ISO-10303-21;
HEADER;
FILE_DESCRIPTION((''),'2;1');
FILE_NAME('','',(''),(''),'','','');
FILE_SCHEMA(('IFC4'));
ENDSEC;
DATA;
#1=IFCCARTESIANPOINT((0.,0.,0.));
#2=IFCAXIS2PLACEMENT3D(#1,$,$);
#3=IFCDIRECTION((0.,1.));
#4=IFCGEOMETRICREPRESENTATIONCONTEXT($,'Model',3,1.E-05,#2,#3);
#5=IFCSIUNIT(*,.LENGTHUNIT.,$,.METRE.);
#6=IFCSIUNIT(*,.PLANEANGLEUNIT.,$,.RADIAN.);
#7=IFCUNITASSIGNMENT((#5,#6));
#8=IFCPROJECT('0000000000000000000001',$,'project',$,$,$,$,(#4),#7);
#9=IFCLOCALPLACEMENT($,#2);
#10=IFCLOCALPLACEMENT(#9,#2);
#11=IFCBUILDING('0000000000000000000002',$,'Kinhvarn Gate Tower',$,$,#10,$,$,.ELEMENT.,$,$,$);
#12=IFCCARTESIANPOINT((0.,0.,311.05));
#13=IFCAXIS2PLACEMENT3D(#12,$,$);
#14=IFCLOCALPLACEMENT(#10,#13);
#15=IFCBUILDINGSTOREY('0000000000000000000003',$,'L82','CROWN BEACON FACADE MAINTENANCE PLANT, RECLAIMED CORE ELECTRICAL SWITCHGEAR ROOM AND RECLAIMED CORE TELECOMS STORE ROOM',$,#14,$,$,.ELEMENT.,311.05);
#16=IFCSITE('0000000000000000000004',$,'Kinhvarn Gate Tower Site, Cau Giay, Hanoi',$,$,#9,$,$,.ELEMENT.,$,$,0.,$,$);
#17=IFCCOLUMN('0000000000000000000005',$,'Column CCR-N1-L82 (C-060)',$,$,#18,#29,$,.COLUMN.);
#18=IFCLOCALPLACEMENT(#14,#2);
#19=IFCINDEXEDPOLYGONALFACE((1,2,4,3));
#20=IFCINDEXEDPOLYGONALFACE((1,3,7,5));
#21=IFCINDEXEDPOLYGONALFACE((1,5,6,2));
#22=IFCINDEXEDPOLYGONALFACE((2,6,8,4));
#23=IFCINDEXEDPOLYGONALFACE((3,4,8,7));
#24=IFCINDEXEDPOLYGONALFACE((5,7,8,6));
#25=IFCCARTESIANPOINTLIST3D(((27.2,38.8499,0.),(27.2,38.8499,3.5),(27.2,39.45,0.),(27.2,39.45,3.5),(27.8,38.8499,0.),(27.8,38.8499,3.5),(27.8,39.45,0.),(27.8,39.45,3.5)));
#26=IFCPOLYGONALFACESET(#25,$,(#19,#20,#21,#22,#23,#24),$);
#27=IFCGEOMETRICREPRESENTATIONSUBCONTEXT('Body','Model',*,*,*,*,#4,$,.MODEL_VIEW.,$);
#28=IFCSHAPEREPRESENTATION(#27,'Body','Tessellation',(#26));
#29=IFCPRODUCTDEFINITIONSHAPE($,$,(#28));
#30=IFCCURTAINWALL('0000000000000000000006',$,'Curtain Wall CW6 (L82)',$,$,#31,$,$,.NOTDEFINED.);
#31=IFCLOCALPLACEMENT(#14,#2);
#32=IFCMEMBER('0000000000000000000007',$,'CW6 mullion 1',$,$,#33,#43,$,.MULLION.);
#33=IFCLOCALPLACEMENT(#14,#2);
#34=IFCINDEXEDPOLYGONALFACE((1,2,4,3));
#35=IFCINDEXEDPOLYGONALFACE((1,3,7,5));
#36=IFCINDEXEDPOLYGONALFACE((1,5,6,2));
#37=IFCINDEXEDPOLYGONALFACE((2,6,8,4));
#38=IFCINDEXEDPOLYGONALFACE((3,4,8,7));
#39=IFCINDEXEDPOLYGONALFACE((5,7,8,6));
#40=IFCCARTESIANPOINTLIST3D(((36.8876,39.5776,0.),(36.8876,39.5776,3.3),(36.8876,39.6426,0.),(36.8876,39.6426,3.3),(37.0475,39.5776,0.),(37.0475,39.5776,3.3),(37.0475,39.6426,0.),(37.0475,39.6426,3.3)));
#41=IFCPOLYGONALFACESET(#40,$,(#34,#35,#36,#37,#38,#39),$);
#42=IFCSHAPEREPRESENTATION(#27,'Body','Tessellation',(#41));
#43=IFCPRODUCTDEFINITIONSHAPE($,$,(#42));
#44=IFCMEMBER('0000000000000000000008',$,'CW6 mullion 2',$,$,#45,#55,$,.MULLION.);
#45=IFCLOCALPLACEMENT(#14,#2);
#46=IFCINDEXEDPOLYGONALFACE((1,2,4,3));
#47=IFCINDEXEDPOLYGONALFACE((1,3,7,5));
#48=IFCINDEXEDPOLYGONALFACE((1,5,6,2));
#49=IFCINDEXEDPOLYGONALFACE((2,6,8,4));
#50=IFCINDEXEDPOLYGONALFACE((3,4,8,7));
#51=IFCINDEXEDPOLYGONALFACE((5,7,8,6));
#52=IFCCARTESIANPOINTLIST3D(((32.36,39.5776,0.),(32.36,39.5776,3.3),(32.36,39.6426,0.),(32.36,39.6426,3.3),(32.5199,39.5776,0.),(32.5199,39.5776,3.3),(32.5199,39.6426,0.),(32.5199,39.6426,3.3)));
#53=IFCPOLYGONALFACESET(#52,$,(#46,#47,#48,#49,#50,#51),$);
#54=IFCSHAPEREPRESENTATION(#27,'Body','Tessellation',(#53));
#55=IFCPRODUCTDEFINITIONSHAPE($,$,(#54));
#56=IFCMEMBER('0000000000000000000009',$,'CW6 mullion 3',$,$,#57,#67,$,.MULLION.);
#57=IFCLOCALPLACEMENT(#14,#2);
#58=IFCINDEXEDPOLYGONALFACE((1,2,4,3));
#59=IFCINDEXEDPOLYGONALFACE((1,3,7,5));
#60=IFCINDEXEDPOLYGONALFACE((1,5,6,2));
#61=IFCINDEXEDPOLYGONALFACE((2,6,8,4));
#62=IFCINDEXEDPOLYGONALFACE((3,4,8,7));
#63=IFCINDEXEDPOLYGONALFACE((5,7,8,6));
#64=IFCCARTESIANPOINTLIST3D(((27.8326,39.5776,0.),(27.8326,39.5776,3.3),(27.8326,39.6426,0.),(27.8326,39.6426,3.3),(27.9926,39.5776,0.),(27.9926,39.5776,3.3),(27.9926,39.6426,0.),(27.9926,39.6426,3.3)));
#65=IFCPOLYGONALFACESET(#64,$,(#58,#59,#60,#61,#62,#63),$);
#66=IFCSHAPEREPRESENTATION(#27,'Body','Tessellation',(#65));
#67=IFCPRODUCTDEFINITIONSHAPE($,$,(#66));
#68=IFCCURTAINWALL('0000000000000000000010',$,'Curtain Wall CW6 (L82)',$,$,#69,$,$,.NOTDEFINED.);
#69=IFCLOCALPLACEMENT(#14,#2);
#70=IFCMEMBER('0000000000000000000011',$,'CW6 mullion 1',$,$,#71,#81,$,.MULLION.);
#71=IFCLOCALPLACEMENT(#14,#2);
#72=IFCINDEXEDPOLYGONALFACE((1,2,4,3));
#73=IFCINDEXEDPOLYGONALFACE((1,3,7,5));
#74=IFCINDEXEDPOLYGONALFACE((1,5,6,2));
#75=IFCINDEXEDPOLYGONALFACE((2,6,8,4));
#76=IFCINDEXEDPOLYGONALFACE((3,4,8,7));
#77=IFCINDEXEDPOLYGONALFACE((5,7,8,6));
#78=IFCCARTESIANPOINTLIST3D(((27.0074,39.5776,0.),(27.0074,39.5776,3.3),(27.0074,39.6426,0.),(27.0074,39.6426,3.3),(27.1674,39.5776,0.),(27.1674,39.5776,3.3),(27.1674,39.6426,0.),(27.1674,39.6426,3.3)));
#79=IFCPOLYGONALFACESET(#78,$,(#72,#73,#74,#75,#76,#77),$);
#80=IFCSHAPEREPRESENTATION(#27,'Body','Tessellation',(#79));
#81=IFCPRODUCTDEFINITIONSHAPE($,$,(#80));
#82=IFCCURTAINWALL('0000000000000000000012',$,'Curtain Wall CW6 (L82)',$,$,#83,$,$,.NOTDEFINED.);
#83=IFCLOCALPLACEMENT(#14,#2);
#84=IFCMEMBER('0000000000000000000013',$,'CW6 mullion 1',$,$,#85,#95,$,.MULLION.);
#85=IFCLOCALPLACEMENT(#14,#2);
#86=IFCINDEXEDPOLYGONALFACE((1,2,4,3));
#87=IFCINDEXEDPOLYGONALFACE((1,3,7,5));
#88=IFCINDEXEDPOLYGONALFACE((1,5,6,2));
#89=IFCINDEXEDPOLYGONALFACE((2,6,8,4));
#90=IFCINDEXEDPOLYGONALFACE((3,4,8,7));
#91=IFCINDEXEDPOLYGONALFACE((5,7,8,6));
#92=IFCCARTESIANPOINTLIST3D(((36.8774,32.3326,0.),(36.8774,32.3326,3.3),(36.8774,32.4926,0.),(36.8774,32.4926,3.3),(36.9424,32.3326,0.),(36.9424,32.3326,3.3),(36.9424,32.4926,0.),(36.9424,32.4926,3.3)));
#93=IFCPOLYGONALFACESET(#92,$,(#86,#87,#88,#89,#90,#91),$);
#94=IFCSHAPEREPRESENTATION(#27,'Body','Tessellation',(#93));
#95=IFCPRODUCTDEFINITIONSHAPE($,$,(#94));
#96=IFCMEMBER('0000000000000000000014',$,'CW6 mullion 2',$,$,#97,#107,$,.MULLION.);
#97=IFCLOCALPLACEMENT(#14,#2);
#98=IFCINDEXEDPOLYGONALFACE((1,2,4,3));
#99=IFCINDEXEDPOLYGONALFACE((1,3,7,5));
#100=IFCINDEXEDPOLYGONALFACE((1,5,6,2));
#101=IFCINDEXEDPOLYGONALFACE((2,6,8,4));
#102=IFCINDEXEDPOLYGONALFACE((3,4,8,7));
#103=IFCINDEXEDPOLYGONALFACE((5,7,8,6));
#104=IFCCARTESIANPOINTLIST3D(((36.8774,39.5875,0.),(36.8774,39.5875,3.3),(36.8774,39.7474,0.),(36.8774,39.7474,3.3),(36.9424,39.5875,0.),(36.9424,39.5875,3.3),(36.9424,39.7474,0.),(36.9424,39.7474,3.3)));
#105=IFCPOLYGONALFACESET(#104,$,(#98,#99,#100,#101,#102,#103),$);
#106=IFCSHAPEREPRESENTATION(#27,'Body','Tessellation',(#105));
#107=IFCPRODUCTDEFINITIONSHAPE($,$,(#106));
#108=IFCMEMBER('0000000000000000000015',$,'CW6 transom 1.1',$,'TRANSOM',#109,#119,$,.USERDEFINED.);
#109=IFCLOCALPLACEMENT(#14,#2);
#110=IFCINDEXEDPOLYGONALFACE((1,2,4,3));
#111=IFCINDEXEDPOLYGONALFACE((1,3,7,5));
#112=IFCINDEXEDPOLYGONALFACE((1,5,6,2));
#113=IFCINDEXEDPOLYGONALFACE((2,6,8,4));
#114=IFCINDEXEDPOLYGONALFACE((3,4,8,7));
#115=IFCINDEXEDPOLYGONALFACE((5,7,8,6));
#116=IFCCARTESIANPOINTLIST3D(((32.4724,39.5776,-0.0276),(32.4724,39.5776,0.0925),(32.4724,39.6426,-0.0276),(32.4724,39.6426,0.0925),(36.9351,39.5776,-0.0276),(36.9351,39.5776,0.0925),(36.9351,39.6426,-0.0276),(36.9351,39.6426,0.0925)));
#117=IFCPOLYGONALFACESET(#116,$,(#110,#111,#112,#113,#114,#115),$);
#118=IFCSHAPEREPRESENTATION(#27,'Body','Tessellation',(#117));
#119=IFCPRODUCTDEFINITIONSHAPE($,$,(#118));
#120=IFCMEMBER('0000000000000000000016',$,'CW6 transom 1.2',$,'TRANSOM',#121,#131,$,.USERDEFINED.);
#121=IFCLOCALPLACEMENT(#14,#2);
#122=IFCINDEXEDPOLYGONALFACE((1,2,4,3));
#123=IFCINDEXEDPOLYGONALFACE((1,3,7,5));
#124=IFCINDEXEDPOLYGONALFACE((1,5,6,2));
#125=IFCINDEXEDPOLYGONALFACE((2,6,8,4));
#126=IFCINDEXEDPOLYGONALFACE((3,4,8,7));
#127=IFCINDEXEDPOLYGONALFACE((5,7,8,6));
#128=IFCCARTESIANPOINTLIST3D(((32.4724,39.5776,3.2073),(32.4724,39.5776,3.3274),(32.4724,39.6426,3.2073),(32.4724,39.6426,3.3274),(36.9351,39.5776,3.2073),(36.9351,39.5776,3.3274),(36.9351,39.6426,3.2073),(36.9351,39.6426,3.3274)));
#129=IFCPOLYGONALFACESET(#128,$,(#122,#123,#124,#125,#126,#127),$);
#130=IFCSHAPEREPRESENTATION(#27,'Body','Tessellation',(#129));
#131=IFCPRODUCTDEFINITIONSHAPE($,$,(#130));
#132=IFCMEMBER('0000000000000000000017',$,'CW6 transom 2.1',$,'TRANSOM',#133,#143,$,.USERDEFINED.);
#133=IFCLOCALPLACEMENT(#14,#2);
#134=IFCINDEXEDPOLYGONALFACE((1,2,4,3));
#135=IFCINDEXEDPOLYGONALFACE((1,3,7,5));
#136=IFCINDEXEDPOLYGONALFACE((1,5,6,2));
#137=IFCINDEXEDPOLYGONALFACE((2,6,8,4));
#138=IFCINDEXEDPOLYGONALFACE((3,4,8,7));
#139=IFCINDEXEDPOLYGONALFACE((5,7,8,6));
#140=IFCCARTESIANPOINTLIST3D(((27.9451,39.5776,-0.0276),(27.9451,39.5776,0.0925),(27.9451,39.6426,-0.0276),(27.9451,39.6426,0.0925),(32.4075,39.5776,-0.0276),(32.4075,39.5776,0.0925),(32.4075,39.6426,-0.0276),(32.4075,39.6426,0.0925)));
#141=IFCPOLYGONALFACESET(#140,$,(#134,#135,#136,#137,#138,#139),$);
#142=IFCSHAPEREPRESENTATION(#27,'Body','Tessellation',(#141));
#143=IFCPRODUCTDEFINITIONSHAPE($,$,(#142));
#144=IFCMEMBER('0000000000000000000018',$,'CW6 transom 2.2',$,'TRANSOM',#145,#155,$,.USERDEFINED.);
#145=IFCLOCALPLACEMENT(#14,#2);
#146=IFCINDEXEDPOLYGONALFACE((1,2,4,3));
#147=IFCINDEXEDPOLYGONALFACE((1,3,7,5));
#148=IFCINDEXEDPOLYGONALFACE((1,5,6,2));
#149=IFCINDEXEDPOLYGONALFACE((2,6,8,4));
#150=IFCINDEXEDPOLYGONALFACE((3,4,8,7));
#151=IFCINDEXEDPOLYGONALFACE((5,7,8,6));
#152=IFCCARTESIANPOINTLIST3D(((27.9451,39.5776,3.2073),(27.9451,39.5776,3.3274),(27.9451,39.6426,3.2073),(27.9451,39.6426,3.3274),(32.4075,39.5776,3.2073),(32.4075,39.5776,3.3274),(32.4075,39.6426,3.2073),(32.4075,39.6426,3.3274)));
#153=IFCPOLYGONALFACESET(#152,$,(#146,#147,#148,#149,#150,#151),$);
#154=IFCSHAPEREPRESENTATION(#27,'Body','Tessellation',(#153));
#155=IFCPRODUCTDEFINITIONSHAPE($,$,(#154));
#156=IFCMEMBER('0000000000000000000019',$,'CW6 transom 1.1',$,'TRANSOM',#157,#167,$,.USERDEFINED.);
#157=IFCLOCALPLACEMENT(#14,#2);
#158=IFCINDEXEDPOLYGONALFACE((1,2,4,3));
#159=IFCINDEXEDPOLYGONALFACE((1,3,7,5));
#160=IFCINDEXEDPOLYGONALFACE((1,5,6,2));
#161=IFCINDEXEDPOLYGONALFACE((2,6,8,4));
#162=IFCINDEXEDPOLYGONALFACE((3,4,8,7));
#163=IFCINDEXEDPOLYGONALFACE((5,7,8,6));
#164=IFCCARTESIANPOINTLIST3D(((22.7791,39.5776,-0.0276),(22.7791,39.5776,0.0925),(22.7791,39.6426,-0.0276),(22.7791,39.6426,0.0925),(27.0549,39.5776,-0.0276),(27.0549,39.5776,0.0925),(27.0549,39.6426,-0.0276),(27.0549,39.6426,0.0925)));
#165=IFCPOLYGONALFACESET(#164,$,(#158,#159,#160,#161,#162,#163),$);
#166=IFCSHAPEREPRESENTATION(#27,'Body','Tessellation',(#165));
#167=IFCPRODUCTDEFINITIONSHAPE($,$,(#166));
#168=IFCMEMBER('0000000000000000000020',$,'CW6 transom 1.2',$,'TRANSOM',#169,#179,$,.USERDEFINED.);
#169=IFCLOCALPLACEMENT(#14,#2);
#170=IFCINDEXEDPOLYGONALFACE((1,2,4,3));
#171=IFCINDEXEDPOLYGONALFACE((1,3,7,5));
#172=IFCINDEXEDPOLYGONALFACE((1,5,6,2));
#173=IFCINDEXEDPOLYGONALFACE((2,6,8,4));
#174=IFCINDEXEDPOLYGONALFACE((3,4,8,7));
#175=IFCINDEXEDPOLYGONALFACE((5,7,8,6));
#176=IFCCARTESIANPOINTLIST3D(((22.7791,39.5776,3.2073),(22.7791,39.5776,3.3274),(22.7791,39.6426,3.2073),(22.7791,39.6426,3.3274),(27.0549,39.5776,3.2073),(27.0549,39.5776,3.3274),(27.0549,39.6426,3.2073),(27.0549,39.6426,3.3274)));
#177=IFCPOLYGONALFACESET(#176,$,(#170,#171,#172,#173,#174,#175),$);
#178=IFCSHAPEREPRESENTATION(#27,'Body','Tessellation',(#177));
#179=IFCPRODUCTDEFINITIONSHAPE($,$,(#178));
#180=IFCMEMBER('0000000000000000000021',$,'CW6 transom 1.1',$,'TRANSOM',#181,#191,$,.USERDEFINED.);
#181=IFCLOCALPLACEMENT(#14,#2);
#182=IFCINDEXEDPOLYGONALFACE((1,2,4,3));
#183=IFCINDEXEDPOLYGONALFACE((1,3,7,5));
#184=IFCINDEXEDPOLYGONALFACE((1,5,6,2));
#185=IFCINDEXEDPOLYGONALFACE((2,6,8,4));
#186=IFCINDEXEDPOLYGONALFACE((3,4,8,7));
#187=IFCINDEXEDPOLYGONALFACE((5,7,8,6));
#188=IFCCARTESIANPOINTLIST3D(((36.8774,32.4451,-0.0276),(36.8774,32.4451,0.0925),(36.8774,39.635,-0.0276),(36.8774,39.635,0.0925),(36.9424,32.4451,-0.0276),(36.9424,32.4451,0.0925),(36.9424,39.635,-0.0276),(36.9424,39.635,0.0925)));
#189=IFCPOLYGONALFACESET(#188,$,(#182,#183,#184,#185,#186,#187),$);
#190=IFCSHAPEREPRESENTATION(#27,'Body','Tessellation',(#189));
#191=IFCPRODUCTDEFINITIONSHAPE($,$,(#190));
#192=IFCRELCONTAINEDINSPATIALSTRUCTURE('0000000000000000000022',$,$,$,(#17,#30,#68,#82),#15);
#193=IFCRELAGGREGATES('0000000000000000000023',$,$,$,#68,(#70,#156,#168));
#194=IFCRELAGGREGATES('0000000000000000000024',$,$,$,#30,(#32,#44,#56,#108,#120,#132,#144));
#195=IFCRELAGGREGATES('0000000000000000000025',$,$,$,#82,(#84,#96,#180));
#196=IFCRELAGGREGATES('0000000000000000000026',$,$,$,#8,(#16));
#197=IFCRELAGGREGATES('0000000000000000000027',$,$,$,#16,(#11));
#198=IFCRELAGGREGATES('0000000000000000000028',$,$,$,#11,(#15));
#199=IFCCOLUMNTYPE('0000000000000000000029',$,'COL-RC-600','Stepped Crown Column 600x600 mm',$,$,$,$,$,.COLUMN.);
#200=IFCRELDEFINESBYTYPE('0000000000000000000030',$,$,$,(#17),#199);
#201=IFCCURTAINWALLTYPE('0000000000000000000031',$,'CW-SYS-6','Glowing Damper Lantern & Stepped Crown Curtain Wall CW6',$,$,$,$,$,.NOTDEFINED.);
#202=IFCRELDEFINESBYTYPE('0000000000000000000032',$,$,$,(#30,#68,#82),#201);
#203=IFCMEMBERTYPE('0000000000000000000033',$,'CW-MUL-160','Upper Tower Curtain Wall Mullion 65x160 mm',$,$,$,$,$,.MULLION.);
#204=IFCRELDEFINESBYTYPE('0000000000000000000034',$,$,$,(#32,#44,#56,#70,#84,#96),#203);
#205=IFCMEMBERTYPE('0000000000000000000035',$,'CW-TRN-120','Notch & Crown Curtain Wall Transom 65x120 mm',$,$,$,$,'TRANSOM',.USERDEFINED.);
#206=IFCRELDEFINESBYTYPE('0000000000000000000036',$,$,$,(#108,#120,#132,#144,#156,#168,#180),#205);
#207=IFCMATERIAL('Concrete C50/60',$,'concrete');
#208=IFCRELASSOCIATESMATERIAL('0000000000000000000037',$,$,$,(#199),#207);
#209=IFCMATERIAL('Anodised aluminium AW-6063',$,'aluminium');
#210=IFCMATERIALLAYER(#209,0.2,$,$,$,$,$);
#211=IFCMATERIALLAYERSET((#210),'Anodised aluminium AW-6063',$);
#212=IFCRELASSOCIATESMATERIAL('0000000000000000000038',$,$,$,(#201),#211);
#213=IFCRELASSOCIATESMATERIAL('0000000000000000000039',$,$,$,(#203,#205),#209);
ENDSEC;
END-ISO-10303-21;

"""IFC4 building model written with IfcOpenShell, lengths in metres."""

from ifc_helpers import new_model, si_unit, direction, frame, origin, origin_2d, place, context, subcontext, project, spatial, rectangle, extrude, material, layer, layer_set, material_profile, profile_set, type_object, element, aggregate, save


model = new_model("IFC4")

# Units and contexts
model_context = context("Model", 3, precision=1e-05, world=origin(), true_north=direction((0.0, 1.0)))
body_context = subcontext(model_context, "Body", "Model", "MODEL_VIEW")
ifc_project = project(units=[si_unit("LENGTHUNIT", "METRE"), si_unit("PLANEANGLEUNIT", "RADIAN")], contexts=[model_context])

# Site, building, storey
site_placement = place(None, origin())
site = spatial("IfcSite", under=ifc_project, at=site_placement, Name="Kinhvarn Gate Tower Site, Cau Giay, Hanoi", CompositionType="ELEMENT", RefElevation=0.0)
building_placement = place(site_placement, origin())
building = spatial("IfcBuilding", under=site, at=building_placement, Name="Kinhvarn Gate Tower", CompositionType="ELEMENT")
storey_placement = place(building_placement, frame((0.0, 0.0, 311.05)))
storey = spatial("IfcBuildingStorey", under=building, at=storey_placement, Name="L82", Description="CROWN BEACON FACADE MAINTENANCE PLANT, RECLAIMED CORE ELECTRICAL SWITCHGEAR ROOM AND RECLAIMED CORE TELECOMS STORE ROOM", CompositionType="ELEMENT", Elevation=311.05)

# Column
ifc_material_1 = material(Name="Concrete C50/60", Category="concrete")
ifc_material_profile_1 = material_profile(ifc_material_1, rectangle(XDim=0.6001, YDim=0.6001, at=origin_2d()), Name="RC 600x600")
ifc_profile_set_1 = profile_set([ifc_material_profile_1], Name="Concrete C50/60")
column_type = type_object("IfcColumnType", Name="COL-RC-600", Description="Stepped Crown Column 600x600 mm", PredefinedType="COLUMN", material=ifc_profile_set_1)
column_placement = place(storey_placement, frame((27.5, 39.1499, 0.0), z_axis=(0.0, 0.0, 1.0), x_axis=(1.0, 0.0, 0.0)))
element("IfcColumn", 1, at=column_placement, inside=storey, type_object=column_type, Name="Column CCR-N1-L82 (C-060)", PredefinedType="COLUMN", context=body_context, shape_type="SweptSolid", body=[
    extrude(rectangle(XDim=0.6001, YDim=0.6001, at=origin_2d()), origin(), (0.0, 0.0, 1.0), 3.5),
])

# Curtain wall, members
ifc_material_2 = material(Name="Anodised aluminium AW-6063", Category="aluminium")
ifc_layer_1 = layer(ifc_material_2, 0.2)
ifc_layer_set_1 = layer_set([ifc_layer_1], Name="Anodised aluminium AW-6063")
curtain_wall_type = type_object("IfcCurtainWallType", Name="CW-SYS-6", Description="Glowing Damper Lantern & Stepped Crown Curtain Wall CW6", PredefinedType="NOTDEFINED", material=ifc_layer_set_1)
curtain_wall_1_placement = place(storey_placement, origin())
curtain_wall_1 = element("IfcCurtainWall", 2, at=curtain_wall_1_placement, inside=storey, type_object=curtain_wall_type, Name="Curtain Wall CW6 (L82)", PredefinedType="NOTDEFINED")
ifc_material_profile_2 = material_profile(ifc_material_2, rectangle(XDim=0.0649, YDim=0.1599, at=origin_2d()), Name="ALU 65x160")
ifc_profile_set_2 = profile_set([ifc_material_profile_2], Name="Anodised aluminium AW-6063")
member_type_1 = type_object("IfcMemberType", Name="CW-MUL-160", Description="Upper Tower Curtain Wall Mullion 65x160 mm", PredefinedType="MULLION", material=ifc_profile_set_2)
member_1_placement = place(storey_placement, frame((36.9675, 39.6101, 0.0), z_axis=(0.0, 0.0, 1.0), x_axis=(0.0, -1.0, 0.0)))
member_1 = element("IfcMember", 3, at=member_1_placement, type_object=member_type_1, Name="CW6 mullion 1", PredefinedType="MULLION", context=body_context, shape_type="SweptSolid", body=[
    extrude(rectangle(XDim=0.0649, YDim=0.1599, at=origin_2d()), origin(), (0.0, 0.0, 1.0), 3.3),
])
member_2_placement = place(storey_placement, frame((32.4399, 39.6101, 0.0), z_axis=(0.0, 0.0, 1.0), x_axis=(0.0, -1.0, 0.0)))
member_2 = element("IfcMember", 4, at=member_2_placement, type_object=member_type_1, Name="CW6 mullion 2", PredefinedType="MULLION", context=body_context, shape_type="SweptSolid", body=[
    extrude(rectangle(XDim=0.0649, YDim=0.1599, at=origin_2d()), origin(), (0.0, 0.0, 1.0), 3.3),
])
member_3_placement = place(storey_placement, frame((27.9126, 39.6101, 0.0), z_axis=(0.0, 0.0, 1.0), x_axis=(0.0, -1.0, 0.0)))
member_3 = element("IfcMember", 5, at=member_3_placement, type_object=member_type_1, Name="CW6 mullion 3", PredefinedType="MULLION", context=body_context, shape_type="SweptSolid", body=[
    extrude(rectangle(XDim=0.0649, YDim=0.1599, at=origin_2d()), origin(), (0.0, 0.0, 1.0), 3.3),
])

# Curtain wall, member
curtain_wall_2_placement = place(storey_placement, origin())
curtain_wall_2 = element("IfcCurtainWall", 6, at=curtain_wall_2_placement, inside=storey, type_object=curtain_wall_type, Name="Curtain Wall CW6 (L82)", PredefinedType="NOTDEFINED")
member_4_placement = place(storey_placement, frame((27.0874, 39.6101, 0.0), z_axis=(0.0, 0.0, 1.0), x_axis=(0.0, -1.0, 0.0)))
member_4 = element("IfcMember", 7, at=member_4_placement, type_object=member_type_1, Name="CW6 mullion 1", PredefinedType="MULLION", context=body_context, shape_type="SweptSolid", body=[
    extrude(rectangle(XDim=0.0649, YDim=0.1599, at=origin_2d()), origin(), (0.0, 0.0, 1.0), 3.3),
])

# Curtain wall, members
curtain_wall_3_placement = place(storey_placement, origin())
curtain_wall_3 = element("IfcCurtainWall", 8, at=curtain_wall_3_placement, inside=storey, type_object=curtain_wall_type, Name="Curtain Wall CW6 (L82)", PredefinedType="NOTDEFINED")
member_5_placement = place(storey_placement, frame((36.9099, 32.4126, 0.0), z_axis=(0.0, 0.0, 1.0), x_axis=(-1.0, 0.0, 0.0)))
member_5 = element("IfcMember", 9, at=member_5_placement, type_object=member_type_1, Name="CW6 mullion 1", PredefinedType="MULLION", context=body_context, shape_type="SweptSolid", body=[
    extrude(rectangle(XDim=0.0649, YDim=0.1599, at=origin_2d()), origin(), (0.0, 0.0, 1.0), 3.3),
])
member_6_placement = place(storey_placement, frame((36.9099, 39.6675, 0.0), z_axis=(0.0, 0.0, 1.0), x_axis=(-1.0, 0.0, 0.0)))
member_6 = element("IfcMember", 10, at=member_6_placement, type_object=member_type_1, Name="CW6 mullion 2", PredefinedType="MULLION", context=body_context, shape_type="SweptSolid", body=[
    extrude(rectangle(XDim=0.0649, YDim=0.1599, at=origin_2d()), origin(), (0.0, 0.0, 1.0), 3.3),
])

# Members
ifc_material_profile_3 = material_profile(ifc_material_2, rectangle(XDim=0.0649, YDim=0.1201, at=origin_2d()), Name="ALU 65x120")
ifc_profile_set_3 = profile_set([ifc_material_profile_3], Name="Anodised aluminium AW-6063")
member_type_2 = type_object("IfcMemberType", Name="CW-TRN-120", Description="Notch & Crown Curtain Wall Transom 65x120 mm", ElementType="TRANSOM", PredefinedType="USERDEFINED", material=ifc_profile_set_3)
member_7_placement = place(storey_placement, frame((36.9351, 39.6101, 0.0325), z_axis=(-1.0, 0.0, 0.0), x_axis=(0.0, -1.0, 0.0)))
member_7 = element("IfcMember", 11, at=member_7_placement, type_object=member_type_2, Name="CW6 transom 1.1", ObjectType="TRANSOM", PredefinedType="USERDEFINED", context=body_context, shape_type="SweptSolid", body=[
    extrude(rectangle(XDim=0.0649, YDim=0.1201, at=origin_2d()), origin(), (0.0, 0.0, 1.0), 4.4626),
])
member_8_placement = place(storey_placement, frame((36.9351, 39.6101, 3.2673), z_axis=(-1.0, 0.0, 0.0), x_axis=(0.0, -1.0, 0.0)))
member_8 = element("IfcMember", 12, at=member_8_placement, type_object=member_type_2, Name="CW6 transom 1.2", ObjectType="TRANSOM", PredefinedType="USERDEFINED", context=body_context, shape_type="SweptSolid", body=[
    extrude(rectangle(XDim=0.0649, YDim=0.1201, at=origin_2d()), origin(), (0.0, 0.0, 1.0), 4.4626),
])
member_9_placement = place(storey_placement, frame((32.4075, 39.6101, 0.0325), z_axis=(-1.0, 0.0, 0.0), x_axis=(0.0, -1.0, 0.0)))
member_9 = element("IfcMember", 13, at=member_9_placement, type_object=member_type_2, Name="CW6 transom 2.1", ObjectType="TRANSOM", PredefinedType="USERDEFINED", context=body_context, shape_type="SweptSolid", body=[
    extrude(rectangle(XDim=0.0649, YDim=0.1201, at=origin_2d()), origin(), (0.0, 0.0, 1.0), 4.4624),
])
member_10_placement = place(storey_placement, frame((32.4075, 39.6101, 3.2673), z_axis=(-1.0, 0.0, 0.0), x_axis=(0.0, -1.0, 0.0)))
member_10 = element("IfcMember", 14, at=member_10_placement, type_object=member_type_2, Name="CW6 transom 2.2", ObjectType="TRANSOM", PredefinedType="USERDEFINED", context=body_context, shape_type="SweptSolid", body=[
    extrude(rectangle(XDim=0.0649, YDim=0.1201, at=origin_2d()), origin(), (0.0, 0.0, 1.0), 4.4624),
])
member_11_placement = place(storey_placement, frame((27.0549, 39.6101, 0.0325), z_axis=(-1.0, 0.0, 0.0), x_axis=(0.0, -1.0, 0.0)))
member_11 = element("IfcMember", 15, at=member_11_placement, type_object=member_type_2, Name="CW6 transom 1.1", ObjectType="TRANSOM", PredefinedType="USERDEFINED", context=body_context, shape_type="SweptSolid", body=[
    extrude(rectangle(XDim=0.0649, YDim=0.1201, at=origin_2d()), origin(), (0.0, 0.0, 1.0), 4.2759),
])
member_12_placement = place(storey_placement, frame((27.0549, 39.6101, 3.2673), z_axis=(-1.0, 0.0, 0.0), x_axis=(0.0, -1.0, 0.0)))
member_12 = element("IfcMember", 16, at=member_12_placement, type_object=member_type_2, Name="CW6 transom 1.2", ObjectType="TRANSOM", PredefinedType="USERDEFINED", context=body_context, shape_type="SweptSolid", body=[
    extrude(rectangle(XDim=0.0649, YDim=0.1201, at=origin_2d()), origin(), (0.0, 0.0, 1.0), 4.2759),
])
aggregate(curtain_wall_2, [member_4, member_11, member_12])
member_13_placement = place(storey_placement, frame((36.9099, 32.4451, 0.0325), z_axis=(0.0, 1.0, 0.0), x_axis=(-1.0, 0.0, 0.0)))
member_13 = element("IfcMember", 17, at=member_13_placement, type_object=member_type_2, Name="CW6 transom 1.1", ObjectType="TRANSOM", PredefinedType="USERDEFINED", context=body_context, shape_type="SweptSolid", body=[
    extrude(rectangle(XDim=0.0649, YDim=0.1201, at=origin_2d()), origin(), (0.0, 0.0, 1.0), 7.1899),
])

aggregate(curtain_wall_1, [member_1, member_2, member_3, member_7, member_8, member_9, member_10])
aggregate(curtain_wall_3, [member_5, member_6, member_13])

save(model, "model.ifc")
